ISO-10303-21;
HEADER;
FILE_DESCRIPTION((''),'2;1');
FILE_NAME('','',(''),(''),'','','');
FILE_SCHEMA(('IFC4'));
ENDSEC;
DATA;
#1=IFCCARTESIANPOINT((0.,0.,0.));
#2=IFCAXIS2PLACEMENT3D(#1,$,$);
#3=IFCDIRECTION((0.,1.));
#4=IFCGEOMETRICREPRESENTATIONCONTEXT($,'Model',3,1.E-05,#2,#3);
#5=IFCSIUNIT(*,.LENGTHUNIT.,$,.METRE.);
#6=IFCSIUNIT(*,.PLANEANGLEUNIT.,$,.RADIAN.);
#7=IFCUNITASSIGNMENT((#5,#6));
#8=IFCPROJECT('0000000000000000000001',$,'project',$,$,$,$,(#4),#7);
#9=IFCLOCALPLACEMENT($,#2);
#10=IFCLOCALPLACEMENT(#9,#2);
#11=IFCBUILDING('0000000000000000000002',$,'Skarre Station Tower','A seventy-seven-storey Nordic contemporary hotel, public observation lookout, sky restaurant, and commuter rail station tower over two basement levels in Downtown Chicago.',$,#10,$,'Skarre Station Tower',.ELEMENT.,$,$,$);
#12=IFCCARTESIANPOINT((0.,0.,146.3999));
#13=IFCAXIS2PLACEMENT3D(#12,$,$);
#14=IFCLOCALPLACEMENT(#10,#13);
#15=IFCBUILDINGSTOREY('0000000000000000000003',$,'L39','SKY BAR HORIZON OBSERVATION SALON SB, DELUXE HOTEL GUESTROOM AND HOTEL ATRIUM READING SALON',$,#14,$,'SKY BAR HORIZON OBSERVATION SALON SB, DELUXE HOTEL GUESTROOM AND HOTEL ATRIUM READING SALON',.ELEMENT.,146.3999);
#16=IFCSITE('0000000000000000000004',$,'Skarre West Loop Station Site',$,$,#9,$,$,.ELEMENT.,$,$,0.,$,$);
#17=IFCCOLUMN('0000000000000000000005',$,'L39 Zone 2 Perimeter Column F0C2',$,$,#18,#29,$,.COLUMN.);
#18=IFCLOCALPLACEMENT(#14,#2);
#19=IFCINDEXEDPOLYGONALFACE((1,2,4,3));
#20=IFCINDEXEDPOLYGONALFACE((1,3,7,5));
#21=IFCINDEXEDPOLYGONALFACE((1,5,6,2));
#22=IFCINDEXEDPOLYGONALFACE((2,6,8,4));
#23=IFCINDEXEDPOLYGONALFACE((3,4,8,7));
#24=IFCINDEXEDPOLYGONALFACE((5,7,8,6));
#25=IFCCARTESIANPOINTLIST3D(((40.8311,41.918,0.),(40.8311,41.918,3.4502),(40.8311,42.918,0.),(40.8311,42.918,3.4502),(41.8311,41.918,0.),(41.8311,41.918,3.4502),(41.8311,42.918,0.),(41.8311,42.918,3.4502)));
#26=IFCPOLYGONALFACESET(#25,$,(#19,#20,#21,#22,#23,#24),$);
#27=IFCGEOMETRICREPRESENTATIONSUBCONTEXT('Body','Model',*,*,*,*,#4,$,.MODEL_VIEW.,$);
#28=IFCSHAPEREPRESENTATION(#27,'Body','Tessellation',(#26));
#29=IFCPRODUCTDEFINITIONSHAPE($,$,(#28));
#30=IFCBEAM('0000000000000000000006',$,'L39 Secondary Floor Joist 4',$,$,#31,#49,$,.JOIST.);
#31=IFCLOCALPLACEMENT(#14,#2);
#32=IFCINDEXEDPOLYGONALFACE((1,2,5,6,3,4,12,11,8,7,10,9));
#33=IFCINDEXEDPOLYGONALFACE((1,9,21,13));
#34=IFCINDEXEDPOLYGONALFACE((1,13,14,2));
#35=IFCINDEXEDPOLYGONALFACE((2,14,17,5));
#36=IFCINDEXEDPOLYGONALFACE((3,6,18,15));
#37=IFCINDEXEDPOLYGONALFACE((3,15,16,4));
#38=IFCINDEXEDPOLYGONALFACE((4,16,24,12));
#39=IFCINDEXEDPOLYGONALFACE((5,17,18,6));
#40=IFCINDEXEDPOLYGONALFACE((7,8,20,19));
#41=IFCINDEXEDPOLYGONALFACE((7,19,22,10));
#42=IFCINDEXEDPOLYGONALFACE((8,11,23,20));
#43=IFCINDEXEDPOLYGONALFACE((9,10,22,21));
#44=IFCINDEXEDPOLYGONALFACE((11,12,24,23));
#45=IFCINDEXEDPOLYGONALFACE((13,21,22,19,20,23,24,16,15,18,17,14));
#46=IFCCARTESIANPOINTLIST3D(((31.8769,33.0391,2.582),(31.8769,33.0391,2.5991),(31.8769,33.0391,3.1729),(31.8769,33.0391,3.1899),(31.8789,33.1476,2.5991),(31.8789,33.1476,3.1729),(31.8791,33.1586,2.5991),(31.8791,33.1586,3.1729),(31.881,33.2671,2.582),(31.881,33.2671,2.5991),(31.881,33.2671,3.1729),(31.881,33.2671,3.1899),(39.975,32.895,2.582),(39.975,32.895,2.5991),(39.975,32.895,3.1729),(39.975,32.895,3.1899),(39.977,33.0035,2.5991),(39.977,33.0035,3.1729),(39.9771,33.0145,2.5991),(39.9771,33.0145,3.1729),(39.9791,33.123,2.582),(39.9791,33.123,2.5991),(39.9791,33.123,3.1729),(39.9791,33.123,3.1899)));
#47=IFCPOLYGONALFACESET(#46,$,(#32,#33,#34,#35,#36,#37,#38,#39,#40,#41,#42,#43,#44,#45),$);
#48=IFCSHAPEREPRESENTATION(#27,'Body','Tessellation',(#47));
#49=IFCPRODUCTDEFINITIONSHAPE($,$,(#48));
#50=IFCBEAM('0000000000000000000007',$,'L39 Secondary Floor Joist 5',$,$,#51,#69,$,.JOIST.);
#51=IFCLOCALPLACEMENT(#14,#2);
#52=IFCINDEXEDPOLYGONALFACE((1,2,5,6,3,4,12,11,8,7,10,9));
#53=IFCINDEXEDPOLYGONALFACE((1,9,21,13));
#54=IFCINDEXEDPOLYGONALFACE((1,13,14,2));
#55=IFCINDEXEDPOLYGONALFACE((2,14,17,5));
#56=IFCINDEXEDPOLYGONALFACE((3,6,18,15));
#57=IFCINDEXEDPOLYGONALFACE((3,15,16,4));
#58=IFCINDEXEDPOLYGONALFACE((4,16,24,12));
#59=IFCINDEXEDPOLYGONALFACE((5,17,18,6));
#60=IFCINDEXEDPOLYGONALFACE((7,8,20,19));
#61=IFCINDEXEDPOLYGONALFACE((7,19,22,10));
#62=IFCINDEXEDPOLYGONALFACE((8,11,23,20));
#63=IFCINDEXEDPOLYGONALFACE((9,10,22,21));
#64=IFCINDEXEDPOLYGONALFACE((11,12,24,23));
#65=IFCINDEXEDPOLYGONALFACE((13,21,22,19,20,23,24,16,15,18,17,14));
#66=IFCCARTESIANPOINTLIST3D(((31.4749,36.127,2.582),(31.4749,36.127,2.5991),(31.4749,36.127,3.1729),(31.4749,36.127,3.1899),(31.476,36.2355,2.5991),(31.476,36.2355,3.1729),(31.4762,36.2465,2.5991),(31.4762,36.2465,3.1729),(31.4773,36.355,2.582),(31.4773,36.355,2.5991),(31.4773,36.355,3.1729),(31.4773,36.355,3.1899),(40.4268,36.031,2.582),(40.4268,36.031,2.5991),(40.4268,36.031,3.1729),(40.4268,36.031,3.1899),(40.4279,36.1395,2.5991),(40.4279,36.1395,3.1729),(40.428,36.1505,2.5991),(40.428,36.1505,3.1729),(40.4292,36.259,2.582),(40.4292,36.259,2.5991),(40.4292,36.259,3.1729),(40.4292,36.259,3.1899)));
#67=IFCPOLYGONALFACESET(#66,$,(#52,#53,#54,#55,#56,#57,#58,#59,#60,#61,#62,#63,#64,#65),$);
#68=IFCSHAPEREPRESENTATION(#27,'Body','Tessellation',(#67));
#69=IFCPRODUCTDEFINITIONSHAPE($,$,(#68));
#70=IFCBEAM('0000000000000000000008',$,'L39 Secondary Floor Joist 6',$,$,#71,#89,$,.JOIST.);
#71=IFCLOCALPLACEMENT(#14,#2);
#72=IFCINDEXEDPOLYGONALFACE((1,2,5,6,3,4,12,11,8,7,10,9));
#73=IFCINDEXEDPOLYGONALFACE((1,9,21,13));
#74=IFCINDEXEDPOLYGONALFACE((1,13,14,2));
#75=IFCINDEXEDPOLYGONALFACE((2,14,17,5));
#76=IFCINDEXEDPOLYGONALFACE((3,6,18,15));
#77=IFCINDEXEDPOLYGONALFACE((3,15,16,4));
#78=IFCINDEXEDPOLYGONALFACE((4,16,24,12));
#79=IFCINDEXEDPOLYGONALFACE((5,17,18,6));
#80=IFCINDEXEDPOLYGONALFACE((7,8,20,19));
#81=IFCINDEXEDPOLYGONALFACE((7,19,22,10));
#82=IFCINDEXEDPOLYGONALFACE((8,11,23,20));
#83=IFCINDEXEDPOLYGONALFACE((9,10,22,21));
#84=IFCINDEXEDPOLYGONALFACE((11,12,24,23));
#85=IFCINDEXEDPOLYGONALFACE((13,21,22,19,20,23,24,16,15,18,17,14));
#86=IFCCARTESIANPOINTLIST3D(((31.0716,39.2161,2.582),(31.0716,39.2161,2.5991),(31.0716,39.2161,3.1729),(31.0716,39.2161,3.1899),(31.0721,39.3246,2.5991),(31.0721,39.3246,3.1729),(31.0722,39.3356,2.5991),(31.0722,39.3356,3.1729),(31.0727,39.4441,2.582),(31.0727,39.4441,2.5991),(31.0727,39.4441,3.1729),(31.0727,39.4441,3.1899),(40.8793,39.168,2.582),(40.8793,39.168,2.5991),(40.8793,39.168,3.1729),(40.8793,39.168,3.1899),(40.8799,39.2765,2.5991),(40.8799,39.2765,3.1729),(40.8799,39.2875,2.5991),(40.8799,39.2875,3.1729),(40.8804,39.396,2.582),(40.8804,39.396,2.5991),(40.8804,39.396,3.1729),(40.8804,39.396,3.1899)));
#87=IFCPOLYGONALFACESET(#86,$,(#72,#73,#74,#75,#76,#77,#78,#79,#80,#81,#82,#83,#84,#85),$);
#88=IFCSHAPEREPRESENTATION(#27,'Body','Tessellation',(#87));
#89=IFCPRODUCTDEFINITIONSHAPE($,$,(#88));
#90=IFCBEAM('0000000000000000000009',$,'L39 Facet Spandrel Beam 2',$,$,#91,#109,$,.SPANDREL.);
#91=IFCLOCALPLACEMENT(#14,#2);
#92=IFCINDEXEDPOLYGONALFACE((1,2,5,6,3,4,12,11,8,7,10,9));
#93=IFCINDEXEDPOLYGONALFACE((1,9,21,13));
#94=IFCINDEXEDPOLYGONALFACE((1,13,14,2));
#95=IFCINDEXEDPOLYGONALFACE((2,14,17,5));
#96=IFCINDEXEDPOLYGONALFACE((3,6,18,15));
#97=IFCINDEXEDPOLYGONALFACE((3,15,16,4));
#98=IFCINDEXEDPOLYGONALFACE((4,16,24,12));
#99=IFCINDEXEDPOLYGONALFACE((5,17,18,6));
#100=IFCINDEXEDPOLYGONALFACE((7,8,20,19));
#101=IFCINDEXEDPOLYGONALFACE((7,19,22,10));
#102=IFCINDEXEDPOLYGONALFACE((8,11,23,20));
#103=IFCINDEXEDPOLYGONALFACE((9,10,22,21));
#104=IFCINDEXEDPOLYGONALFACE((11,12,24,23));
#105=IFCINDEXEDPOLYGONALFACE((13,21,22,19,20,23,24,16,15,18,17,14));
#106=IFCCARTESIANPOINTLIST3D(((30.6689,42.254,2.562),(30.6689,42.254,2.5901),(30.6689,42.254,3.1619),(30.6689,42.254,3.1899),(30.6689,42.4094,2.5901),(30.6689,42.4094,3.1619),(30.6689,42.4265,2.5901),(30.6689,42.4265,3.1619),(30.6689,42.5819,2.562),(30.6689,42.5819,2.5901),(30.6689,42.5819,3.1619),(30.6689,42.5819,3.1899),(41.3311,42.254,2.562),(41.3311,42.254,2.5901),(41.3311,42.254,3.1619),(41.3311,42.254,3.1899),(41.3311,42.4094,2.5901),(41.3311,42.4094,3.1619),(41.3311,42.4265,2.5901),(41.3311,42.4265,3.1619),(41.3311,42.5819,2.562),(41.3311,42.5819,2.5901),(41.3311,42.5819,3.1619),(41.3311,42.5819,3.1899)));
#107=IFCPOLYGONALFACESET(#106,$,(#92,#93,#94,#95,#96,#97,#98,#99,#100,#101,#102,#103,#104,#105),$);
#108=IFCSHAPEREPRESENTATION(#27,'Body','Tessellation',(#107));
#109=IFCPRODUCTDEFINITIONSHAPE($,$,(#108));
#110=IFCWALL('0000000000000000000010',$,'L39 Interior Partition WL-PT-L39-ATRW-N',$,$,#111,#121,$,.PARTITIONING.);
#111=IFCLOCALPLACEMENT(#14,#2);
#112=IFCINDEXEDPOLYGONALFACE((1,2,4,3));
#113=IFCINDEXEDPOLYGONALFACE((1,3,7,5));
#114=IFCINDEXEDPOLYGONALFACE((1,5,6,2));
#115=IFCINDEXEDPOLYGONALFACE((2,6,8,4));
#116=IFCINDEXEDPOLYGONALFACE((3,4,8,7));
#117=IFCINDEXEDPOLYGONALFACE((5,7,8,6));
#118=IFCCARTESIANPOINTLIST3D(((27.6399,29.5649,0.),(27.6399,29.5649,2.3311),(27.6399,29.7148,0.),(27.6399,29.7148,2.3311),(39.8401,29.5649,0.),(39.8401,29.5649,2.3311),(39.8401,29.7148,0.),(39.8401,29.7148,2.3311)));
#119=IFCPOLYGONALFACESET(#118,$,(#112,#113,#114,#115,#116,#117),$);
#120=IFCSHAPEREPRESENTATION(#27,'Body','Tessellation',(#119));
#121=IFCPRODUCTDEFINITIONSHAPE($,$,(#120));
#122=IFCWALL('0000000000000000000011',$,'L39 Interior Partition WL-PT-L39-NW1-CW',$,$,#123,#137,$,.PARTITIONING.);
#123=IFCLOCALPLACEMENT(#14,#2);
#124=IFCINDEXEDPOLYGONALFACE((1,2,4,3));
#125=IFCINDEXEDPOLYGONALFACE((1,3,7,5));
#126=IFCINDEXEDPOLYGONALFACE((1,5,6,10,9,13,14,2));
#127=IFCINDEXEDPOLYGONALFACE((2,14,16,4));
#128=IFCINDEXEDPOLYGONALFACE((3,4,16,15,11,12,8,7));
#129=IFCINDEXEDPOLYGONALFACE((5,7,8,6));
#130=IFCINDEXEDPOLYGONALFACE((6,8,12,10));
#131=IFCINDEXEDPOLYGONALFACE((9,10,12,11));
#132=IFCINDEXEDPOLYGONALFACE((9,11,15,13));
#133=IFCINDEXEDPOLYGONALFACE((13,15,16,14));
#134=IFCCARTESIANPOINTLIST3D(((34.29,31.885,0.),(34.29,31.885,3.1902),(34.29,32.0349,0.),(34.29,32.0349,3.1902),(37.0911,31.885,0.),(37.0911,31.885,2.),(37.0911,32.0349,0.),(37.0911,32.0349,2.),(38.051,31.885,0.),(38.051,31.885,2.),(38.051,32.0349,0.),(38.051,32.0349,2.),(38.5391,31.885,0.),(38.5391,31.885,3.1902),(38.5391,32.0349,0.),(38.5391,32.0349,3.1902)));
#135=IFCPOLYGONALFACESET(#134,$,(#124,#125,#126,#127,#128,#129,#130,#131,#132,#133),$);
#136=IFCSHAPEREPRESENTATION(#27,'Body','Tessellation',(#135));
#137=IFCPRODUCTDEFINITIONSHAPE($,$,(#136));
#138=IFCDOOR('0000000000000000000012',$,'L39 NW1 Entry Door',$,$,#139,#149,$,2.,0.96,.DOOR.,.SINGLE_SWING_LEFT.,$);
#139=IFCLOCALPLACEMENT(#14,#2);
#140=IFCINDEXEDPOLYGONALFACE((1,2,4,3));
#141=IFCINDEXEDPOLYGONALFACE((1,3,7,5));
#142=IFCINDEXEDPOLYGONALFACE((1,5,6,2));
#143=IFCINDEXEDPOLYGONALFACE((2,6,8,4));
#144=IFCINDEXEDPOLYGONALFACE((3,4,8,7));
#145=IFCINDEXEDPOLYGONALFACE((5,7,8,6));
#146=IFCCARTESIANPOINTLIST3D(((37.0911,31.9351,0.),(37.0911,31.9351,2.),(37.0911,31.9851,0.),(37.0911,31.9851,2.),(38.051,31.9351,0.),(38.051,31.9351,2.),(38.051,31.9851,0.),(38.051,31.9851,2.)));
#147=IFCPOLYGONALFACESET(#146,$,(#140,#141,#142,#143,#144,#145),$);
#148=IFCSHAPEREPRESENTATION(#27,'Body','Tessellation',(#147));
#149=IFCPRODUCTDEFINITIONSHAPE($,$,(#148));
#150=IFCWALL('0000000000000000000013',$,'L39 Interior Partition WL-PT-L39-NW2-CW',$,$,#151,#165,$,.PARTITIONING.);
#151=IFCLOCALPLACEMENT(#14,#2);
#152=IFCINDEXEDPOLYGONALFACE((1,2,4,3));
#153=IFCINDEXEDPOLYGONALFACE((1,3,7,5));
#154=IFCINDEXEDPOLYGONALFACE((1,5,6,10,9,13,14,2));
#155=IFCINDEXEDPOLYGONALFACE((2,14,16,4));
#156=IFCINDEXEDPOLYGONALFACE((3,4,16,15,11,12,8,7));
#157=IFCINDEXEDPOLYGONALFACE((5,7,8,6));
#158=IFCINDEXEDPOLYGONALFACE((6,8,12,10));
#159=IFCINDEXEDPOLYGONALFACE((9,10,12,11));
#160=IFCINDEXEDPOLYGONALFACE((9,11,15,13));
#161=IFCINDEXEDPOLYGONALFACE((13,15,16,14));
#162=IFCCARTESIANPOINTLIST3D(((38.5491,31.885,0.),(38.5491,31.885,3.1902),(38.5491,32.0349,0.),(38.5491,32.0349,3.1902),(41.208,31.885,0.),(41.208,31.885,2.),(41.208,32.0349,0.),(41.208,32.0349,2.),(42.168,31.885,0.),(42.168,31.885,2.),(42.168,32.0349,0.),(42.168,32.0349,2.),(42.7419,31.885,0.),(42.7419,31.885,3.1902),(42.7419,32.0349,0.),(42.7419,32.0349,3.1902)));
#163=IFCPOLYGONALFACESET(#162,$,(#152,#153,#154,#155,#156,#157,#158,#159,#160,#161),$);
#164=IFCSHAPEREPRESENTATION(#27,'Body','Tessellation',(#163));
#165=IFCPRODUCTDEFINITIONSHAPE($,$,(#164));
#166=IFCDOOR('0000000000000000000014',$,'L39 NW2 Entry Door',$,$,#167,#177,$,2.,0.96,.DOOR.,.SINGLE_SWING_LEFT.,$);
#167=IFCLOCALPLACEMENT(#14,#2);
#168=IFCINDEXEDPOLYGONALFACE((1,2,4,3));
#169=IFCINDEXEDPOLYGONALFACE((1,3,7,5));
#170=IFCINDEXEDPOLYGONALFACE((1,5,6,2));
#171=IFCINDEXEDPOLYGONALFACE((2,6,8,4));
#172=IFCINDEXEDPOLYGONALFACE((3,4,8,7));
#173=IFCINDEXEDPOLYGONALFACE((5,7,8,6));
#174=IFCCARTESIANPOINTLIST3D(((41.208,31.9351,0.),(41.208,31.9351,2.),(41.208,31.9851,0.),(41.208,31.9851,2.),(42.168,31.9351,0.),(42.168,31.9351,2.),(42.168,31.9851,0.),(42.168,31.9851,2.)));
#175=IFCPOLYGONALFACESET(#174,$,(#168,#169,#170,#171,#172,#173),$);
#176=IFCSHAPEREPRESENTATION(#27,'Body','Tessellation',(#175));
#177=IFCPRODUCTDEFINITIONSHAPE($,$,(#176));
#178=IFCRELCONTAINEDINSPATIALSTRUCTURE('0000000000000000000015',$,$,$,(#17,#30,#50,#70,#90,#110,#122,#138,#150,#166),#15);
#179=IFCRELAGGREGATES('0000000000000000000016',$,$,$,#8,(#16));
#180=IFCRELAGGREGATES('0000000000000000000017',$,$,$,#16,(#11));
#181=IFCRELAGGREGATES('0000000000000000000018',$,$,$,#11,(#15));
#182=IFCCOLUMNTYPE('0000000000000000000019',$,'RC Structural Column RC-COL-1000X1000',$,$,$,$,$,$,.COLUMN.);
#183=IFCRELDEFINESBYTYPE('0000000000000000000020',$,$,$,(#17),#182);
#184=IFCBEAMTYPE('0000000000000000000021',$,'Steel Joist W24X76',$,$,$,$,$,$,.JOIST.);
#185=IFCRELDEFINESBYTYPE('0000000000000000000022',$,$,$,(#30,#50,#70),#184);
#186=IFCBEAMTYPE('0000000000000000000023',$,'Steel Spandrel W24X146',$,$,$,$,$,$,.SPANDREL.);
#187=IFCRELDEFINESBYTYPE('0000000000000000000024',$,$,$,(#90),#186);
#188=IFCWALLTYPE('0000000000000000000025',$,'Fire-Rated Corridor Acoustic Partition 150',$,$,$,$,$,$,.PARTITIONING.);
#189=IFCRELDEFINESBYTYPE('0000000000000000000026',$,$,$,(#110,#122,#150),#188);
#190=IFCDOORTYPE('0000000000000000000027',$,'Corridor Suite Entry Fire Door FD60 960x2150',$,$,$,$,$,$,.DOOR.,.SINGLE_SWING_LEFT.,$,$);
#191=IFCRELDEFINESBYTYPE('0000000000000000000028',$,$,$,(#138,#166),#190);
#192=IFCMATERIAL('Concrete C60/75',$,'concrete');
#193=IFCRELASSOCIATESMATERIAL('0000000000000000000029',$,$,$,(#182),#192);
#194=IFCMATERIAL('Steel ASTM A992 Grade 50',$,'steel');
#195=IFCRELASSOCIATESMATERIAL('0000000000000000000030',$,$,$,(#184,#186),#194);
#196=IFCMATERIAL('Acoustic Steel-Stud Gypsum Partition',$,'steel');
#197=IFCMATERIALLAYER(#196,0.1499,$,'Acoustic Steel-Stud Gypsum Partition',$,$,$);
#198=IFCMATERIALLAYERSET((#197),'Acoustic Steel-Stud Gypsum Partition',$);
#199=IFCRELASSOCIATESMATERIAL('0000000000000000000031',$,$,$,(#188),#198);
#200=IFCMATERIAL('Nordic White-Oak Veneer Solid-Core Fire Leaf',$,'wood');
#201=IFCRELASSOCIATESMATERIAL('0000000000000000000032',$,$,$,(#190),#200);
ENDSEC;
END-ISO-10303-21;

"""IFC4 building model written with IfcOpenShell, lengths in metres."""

from ifc_helpers import new_model, si_unit, direction, frame, frame_2d, origin, origin_2d, place, context, subcontext, project, spatial, rectangle, i_section, extrude, material, layer, layer_set, material_profile, profile_set, type_object, element, fill, save


model = new_model("IFC4")

# Units and contexts
model_context = context("Model", 3, precision=1e-05, world=origin(), true_north=direction((0.0, 1.0)))
body_context = subcontext(model_context, "Body", "Model", "MODEL_VIEW")
ifc_project = project(units=[si_unit("LENGTHUNIT", "METRE"), si_unit("PLANEANGLEUNIT", "RADIAN")], contexts=[model_context])

# Site, building, storey
site_placement = place(None, origin())
site = spatial("IfcSite", under=ifc_project, at=site_placement, Name="Skarre West Loop Station Site", CompositionType="ELEMENT", RefElevation=0.0)
building_placement = place(site_placement, origin())
building = spatial("IfcBuilding", under=site, at=building_placement, Name="Skarre Station Tower", Description="A seventy-seven-storey Nordic contemporary hotel, public observation lookout, sky restaurant, and commuter rail station tower over two basement levels in Downtown Chicago.", LongName="Skarre Station Tower", CompositionType="ELEMENT")
storey_placement = place(building_placement, frame((0.0, 0.0, 146.3999)))
storey = spatial("IfcBuildingStorey", under=building, at=storey_placement, Name="L39", Description="SKY BAR HORIZON OBSERVATION SALON SB, DELUXE HOTEL GUESTROOM AND HOTEL ATRIUM READING SALON", LongName="SKY BAR HORIZON OBSERVATION SALON SB, DELUXE HOTEL GUESTROOM AND HOTEL ATRIUM READING SALON", CompositionType="ELEMENT", Elevation=146.3999)

# Column
ifc_material_1 = material(Name="Concrete C60/75", Category="concrete")
ifc_material_profile_1 = material_profile(ifc_material_1, rectangle(XDim=1.0, YDim=1.0, at=origin_2d()), Name="Concrete C60/75")
ifc_profile_set_1 = profile_set([ifc_material_profile_1], Name="Concrete C60/75")
column_type = type_object("IfcColumnType", Name="RC Structural Column RC-COL-1000X1000", PredefinedType="COLUMN", material=ifc_profile_set_1)
column_placement = place(storey_placement, frame((41.3311, 42.418, 0.0), z_axis=(0.0, 0.0, 1.0), x_axis=(1.0, 0.0, 0.0)))
element("IfcColumn", 1, at=column_placement, inside=storey, type_object=column_type, Name="L39 Zone 2 Perimeter Column F0C2", PredefinedType="COLUMN", context=body_context, shape_type="SweptSolid", body=[
    extrude(rectangle(XDim=1.0, YDim=1.0, at=origin_2d()), origin(), (0.0, 0.0, 1.0), 3.4502),
])

# Beams
ifc_material_2 = material(Name="Steel ASTM A992 Grade 50", Category="steel")
ifc_material_profile_2 = material_profile(ifc_material_2, i_section(OverallWidth=0.228, OverallDepth=0.6079, WebThickness=0.011, FlangeThickness=0.0171, at=origin_2d()), Name="Steel ASTM A992 Grade 50")
ifc_profile_set_2 = profile_set([ifc_material_profile_2], Name="Steel ASTM A992 Grade 50")
beam_type_1 = type_object("IfcBeamType", Name="Steel Joist W24X76", PredefinedType="JOIST", material=ifc_profile_set_2)
beam_1_placement = place(storey_placement, frame((39.9771, 33.009, 2.886), z_axis=(-0.999842, 0.017784, 0.0), x_axis=(-0.017784, -0.999842, 0.0)))
element("IfcBeam", 2, at=beam_1_placement, inside=storey, type_object=beam_type_1, Name="L39 Secondary Floor Joist 4", PredefinedType="JOIST", context=body_context, shape_type="SweptSolid", body=[
    extrude(i_section(OverallWidth=0.228, OverallDepth=0.6079, WebThickness=0.011, FlangeThickness=0.0171, at=origin_2d()), origin(), (0.0, 0.0, 1.0), 8.0994),
])
beam_2_placement = place(storey_placement, frame((40.428, 36.145, 2.886), z_axis=(-0.999943, 0.010717, 0.0), x_axis=(-0.010717, -0.999943, 0.0)))
element("IfcBeam", 3, at=beam_2_placement, inside=storey, type_object=beam_type_1, Name="L39 Secondary Floor Joist 5", PredefinedType="JOIST", context=body_context, shape_type="SweptSolid", body=[
    extrude(i_section(OverallWidth=0.228, OverallDepth=0.6079, WebThickness=0.011, FlangeThickness=0.0171, at=origin_2d()), origin(), (0.0, 0.0, 1.0), 8.9524),
])
beam_3_placement = place(storey_placement, frame((40.8799, 39.282, 2.886), z_axis=(-0.999988, 0.004904, 0.0), x_axis=(-0.004904, -0.999988, 0.0)))
element("IfcBeam", 4, at=beam_3_placement, inside=storey, type_object=beam_type_1, Name="L39 Secondary Floor Joist 6", PredefinedType="JOIST", context=body_context, shape_type="SweptSolid", body=[
    extrude(i_section(OverallWidth=0.228, OverallDepth=0.6079, WebThickness=0.011, FlangeThickness=0.0171, at=origin_2d()), origin(), (0.0, 0.0, 1.0), 9.8079),
])
ifc_material_profile_3 = material_profile(ifc_material_2, i_section(OverallWidth=0.3279, OverallDepth=0.6279, WebThickness=0.0171, FlangeThickness=0.0281, at=origin_2d()), Name="Steel ASTM A992 Grade 50")
ifc_profile_set_3 = profile_set([ifc_material_profile_3], Name="Steel ASTM A992 Grade 50")
beam_type_2 = type_object("IfcBeamType", Name="Steel Spandrel W24X146", PredefinedType="SPANDREL", material=ifc_profile_set_3)
beam_4_placement = place(storey_placement, frame((41.3311, 42.418, 2.876), z_axis=(-1.0, 0.0, 0.0), x_axis=(0.0, -1.0, 0.0)))
element("IfcBeam", 5, at=beam_4_placement, inside=storey, type_object=beam_type_2, Name="L39 Facet Spandrel Beam 2", PredefinedType="SPANDREL", context=body_context, shape_type="SweptSolid", body=[
    extrude(i_section(OverallWidth=0.3279, OverallDepth=0.6279, WebThickness=0.0171, FlangeThickness=0.0281, at=origin_2d()), origin(), (0.0, 0.0, 1.0), 10.6621),
])

# Wall
ifc_material_3 = material(Name="Acoustic Steel-Stud Gypsum Partition", Category="steel")
ifc_layer_1 = layer(ifc_material_3, 0.1499, Name="Acoustic Steel-Stud Gypsum Partition")
ifc_layer_set_1 = layer_set([ifc_layer_1], Name="Acoustic Steel-Stud Gypsum Partition")
wall_type_1 = type_object("IfcWallType", Name="Fire-Rated Corridor Acoustic Partition 150", PredefinedType="PARTITIONING", material=ifc_layer_set_1)
wall_1_placement = place(storey_placement, frame((39.8401, 29.6399, 0.0), z_axis=(0.0, 0.0, 1.0), x_axis=(-1.0, 0.0, 0.0)))
element("IfcWall", 6, at=wall_1_placement, inside=storey, type_object=wall_type_1, Name="L39 Interior Partition WL-PT-L39-ATRW-N", PredefinedType="PARTITIONING", context=body_context, shape_type="SweptSolid", body=[
    extrude(rectangle(XDim=12.2002, YDim=0.1499, at=frame_2d((6.1001, 0.0))), origin(), (0.0, 0.0, 1.0), 2.3311),
])

# Walls, openings, doors
wall_2_placement = place(storey_placement, frame((38.5391, 31.96, 0.0), z_axis=(0.0, 0.0, 1.0), x_axis=(-1.0, 0.0, 0.0)))
wall_2 = element("IfcWall", 7, at=wall_2_placement, inside=storey, type_object=wall_type_1, Name="L39 Interior Partition WL-PT-L39-NW1-CW", PredefinedType="PARTITIONING", context=body_context, shape_type="SweptSolid", body=[
    extrude(rectangle(XDim=4.249, YDim=0.1499, at=frame_2d((2.1245, 0.0))), origin(), (0.0, 0.0, 1.0), 3.1902),
])
opening_1_placement = place(wall_2_placement, frame((0.488, 0.0, 0.0)))
opening_1 = element("IfcOpeningElement", 8, at=opening_1_placement, cuts=wall_2, PredefinedType="OPENING", context=body_context, shape_type="SweptSolid", body=[
    extrude(rectangle(XDim=0.96, YDim=2.0, at=frame_2d((0.48, 1.0))), frame((0.0, 0.085, 0.0), z_axis=(0.0, -1.0, 0.0), x_axis=(1.0, 0.0, 0.0)), (0.0, 0.0, 1.0), 0.1699),
])
ifc_material_4 = material(Name="Nordic White-Oak Veneer Solid-Core Fire Leaf", Category="wood")
door_type_1 = type_object("IfcDoorType", Name="Corridor Suite Entry Fire Door FD60 960x2150", OperationType="SINGLE_SWING_LEFT", PredefinedType="DOOR", material=ifc_material_4)
door_1_placement = place(opening_1_placement, origin())
door_1 = element("IfcDoor", 9, at=door_1_placement, inside=storey, type_object=door_type_1, Name="L39 NW1 Entry Door", OperationType="SINGLE_SWING_LEFT", OverallHeight=2.0, OverallWidth=0.96, PredefinedType="DOOR", context=body_context, shape_type="SweptSolid", body=[
    extrude(rectangle(XDim=0.96, YDim=2.0, at=frame_2d((0.48, 1.0))), frame((0.0, 0.0249, 0.0), z_axis=(0.0, -1.0, 0.0), x_axis=(1.0, 0.0, 0.0)), (0.0, 0.0, 1.0), 0.05),
])
fill(opening_1, door_1)
wall_3_placement = place(storey_placement, frame((42.7419, 31.96, 0.0), z_axis=(0.0, 0.0, 1.0), x_axis=(-1.0, 0.0, 0.0)))
wall_3 = element("IfcWall", 10, at=wall_3_placement, inside=storey, type_object=wall_type_1, Name="L39 Interior Partition WL-PT-L39-NW2-CW", PredefinedType="PARTITIONING", context=body_context, shape_type="SweptSolid", body=[
    extrude(rectangle(XDim=4.1929, YDim=0.1499, at=frame_2d((2.0964, 0.0))), origin(), (0.0, 0.0, 1.0), 3.1902),
])
opening_2_placement = place(wall_3_placement, frame((0.574, 0.0, 0.0)))
opening_2 = element("IfcOpeningElement", 11, at=opening_2_placement, cuts=wall_3, PredefinedType="OPENING", context=body_context, shape_type="SweptSolid", body=[
    extrude(rectangle(XDim=0.96, YDim=2.0, at=frame_2d((0.48, 1.0))), frame((0.0, 0.085, 0.0), z_axis=(0.0, -1.0, 0.0), x_axis=(1.0, 0.0, 0.0)), (0.0, 0.0, 1.0), 0.1699),
])
door_2_placement = place(opening_2_placement, origin())
door_2 = element("IfcDoor", 12, at=door_2_placement, inside=storey, type_object=door_type_1, Name="L39 NW2 Entry Door", OperationType="SINGLE_SWING_LEFT", OverallHeight=2.0, OverallWidth=0.96, PredefinedType="DOOR", context=body_context, shape_type="SweptSolid", body=[
    extrude(rectangle(XDim=0.96, YDim=2.0, at=frame_2d((0.48, 1.0))), frame((0.0, 0.0249, 0.0), z_axis=(0.0, -1.0, 0.0), x_axis=(1.0, 0.0, 0.0)), (0.0, 0.0, 1.0), 0.05),
])
fill(opening_2, door_2)

save(model, "model.ifc")
